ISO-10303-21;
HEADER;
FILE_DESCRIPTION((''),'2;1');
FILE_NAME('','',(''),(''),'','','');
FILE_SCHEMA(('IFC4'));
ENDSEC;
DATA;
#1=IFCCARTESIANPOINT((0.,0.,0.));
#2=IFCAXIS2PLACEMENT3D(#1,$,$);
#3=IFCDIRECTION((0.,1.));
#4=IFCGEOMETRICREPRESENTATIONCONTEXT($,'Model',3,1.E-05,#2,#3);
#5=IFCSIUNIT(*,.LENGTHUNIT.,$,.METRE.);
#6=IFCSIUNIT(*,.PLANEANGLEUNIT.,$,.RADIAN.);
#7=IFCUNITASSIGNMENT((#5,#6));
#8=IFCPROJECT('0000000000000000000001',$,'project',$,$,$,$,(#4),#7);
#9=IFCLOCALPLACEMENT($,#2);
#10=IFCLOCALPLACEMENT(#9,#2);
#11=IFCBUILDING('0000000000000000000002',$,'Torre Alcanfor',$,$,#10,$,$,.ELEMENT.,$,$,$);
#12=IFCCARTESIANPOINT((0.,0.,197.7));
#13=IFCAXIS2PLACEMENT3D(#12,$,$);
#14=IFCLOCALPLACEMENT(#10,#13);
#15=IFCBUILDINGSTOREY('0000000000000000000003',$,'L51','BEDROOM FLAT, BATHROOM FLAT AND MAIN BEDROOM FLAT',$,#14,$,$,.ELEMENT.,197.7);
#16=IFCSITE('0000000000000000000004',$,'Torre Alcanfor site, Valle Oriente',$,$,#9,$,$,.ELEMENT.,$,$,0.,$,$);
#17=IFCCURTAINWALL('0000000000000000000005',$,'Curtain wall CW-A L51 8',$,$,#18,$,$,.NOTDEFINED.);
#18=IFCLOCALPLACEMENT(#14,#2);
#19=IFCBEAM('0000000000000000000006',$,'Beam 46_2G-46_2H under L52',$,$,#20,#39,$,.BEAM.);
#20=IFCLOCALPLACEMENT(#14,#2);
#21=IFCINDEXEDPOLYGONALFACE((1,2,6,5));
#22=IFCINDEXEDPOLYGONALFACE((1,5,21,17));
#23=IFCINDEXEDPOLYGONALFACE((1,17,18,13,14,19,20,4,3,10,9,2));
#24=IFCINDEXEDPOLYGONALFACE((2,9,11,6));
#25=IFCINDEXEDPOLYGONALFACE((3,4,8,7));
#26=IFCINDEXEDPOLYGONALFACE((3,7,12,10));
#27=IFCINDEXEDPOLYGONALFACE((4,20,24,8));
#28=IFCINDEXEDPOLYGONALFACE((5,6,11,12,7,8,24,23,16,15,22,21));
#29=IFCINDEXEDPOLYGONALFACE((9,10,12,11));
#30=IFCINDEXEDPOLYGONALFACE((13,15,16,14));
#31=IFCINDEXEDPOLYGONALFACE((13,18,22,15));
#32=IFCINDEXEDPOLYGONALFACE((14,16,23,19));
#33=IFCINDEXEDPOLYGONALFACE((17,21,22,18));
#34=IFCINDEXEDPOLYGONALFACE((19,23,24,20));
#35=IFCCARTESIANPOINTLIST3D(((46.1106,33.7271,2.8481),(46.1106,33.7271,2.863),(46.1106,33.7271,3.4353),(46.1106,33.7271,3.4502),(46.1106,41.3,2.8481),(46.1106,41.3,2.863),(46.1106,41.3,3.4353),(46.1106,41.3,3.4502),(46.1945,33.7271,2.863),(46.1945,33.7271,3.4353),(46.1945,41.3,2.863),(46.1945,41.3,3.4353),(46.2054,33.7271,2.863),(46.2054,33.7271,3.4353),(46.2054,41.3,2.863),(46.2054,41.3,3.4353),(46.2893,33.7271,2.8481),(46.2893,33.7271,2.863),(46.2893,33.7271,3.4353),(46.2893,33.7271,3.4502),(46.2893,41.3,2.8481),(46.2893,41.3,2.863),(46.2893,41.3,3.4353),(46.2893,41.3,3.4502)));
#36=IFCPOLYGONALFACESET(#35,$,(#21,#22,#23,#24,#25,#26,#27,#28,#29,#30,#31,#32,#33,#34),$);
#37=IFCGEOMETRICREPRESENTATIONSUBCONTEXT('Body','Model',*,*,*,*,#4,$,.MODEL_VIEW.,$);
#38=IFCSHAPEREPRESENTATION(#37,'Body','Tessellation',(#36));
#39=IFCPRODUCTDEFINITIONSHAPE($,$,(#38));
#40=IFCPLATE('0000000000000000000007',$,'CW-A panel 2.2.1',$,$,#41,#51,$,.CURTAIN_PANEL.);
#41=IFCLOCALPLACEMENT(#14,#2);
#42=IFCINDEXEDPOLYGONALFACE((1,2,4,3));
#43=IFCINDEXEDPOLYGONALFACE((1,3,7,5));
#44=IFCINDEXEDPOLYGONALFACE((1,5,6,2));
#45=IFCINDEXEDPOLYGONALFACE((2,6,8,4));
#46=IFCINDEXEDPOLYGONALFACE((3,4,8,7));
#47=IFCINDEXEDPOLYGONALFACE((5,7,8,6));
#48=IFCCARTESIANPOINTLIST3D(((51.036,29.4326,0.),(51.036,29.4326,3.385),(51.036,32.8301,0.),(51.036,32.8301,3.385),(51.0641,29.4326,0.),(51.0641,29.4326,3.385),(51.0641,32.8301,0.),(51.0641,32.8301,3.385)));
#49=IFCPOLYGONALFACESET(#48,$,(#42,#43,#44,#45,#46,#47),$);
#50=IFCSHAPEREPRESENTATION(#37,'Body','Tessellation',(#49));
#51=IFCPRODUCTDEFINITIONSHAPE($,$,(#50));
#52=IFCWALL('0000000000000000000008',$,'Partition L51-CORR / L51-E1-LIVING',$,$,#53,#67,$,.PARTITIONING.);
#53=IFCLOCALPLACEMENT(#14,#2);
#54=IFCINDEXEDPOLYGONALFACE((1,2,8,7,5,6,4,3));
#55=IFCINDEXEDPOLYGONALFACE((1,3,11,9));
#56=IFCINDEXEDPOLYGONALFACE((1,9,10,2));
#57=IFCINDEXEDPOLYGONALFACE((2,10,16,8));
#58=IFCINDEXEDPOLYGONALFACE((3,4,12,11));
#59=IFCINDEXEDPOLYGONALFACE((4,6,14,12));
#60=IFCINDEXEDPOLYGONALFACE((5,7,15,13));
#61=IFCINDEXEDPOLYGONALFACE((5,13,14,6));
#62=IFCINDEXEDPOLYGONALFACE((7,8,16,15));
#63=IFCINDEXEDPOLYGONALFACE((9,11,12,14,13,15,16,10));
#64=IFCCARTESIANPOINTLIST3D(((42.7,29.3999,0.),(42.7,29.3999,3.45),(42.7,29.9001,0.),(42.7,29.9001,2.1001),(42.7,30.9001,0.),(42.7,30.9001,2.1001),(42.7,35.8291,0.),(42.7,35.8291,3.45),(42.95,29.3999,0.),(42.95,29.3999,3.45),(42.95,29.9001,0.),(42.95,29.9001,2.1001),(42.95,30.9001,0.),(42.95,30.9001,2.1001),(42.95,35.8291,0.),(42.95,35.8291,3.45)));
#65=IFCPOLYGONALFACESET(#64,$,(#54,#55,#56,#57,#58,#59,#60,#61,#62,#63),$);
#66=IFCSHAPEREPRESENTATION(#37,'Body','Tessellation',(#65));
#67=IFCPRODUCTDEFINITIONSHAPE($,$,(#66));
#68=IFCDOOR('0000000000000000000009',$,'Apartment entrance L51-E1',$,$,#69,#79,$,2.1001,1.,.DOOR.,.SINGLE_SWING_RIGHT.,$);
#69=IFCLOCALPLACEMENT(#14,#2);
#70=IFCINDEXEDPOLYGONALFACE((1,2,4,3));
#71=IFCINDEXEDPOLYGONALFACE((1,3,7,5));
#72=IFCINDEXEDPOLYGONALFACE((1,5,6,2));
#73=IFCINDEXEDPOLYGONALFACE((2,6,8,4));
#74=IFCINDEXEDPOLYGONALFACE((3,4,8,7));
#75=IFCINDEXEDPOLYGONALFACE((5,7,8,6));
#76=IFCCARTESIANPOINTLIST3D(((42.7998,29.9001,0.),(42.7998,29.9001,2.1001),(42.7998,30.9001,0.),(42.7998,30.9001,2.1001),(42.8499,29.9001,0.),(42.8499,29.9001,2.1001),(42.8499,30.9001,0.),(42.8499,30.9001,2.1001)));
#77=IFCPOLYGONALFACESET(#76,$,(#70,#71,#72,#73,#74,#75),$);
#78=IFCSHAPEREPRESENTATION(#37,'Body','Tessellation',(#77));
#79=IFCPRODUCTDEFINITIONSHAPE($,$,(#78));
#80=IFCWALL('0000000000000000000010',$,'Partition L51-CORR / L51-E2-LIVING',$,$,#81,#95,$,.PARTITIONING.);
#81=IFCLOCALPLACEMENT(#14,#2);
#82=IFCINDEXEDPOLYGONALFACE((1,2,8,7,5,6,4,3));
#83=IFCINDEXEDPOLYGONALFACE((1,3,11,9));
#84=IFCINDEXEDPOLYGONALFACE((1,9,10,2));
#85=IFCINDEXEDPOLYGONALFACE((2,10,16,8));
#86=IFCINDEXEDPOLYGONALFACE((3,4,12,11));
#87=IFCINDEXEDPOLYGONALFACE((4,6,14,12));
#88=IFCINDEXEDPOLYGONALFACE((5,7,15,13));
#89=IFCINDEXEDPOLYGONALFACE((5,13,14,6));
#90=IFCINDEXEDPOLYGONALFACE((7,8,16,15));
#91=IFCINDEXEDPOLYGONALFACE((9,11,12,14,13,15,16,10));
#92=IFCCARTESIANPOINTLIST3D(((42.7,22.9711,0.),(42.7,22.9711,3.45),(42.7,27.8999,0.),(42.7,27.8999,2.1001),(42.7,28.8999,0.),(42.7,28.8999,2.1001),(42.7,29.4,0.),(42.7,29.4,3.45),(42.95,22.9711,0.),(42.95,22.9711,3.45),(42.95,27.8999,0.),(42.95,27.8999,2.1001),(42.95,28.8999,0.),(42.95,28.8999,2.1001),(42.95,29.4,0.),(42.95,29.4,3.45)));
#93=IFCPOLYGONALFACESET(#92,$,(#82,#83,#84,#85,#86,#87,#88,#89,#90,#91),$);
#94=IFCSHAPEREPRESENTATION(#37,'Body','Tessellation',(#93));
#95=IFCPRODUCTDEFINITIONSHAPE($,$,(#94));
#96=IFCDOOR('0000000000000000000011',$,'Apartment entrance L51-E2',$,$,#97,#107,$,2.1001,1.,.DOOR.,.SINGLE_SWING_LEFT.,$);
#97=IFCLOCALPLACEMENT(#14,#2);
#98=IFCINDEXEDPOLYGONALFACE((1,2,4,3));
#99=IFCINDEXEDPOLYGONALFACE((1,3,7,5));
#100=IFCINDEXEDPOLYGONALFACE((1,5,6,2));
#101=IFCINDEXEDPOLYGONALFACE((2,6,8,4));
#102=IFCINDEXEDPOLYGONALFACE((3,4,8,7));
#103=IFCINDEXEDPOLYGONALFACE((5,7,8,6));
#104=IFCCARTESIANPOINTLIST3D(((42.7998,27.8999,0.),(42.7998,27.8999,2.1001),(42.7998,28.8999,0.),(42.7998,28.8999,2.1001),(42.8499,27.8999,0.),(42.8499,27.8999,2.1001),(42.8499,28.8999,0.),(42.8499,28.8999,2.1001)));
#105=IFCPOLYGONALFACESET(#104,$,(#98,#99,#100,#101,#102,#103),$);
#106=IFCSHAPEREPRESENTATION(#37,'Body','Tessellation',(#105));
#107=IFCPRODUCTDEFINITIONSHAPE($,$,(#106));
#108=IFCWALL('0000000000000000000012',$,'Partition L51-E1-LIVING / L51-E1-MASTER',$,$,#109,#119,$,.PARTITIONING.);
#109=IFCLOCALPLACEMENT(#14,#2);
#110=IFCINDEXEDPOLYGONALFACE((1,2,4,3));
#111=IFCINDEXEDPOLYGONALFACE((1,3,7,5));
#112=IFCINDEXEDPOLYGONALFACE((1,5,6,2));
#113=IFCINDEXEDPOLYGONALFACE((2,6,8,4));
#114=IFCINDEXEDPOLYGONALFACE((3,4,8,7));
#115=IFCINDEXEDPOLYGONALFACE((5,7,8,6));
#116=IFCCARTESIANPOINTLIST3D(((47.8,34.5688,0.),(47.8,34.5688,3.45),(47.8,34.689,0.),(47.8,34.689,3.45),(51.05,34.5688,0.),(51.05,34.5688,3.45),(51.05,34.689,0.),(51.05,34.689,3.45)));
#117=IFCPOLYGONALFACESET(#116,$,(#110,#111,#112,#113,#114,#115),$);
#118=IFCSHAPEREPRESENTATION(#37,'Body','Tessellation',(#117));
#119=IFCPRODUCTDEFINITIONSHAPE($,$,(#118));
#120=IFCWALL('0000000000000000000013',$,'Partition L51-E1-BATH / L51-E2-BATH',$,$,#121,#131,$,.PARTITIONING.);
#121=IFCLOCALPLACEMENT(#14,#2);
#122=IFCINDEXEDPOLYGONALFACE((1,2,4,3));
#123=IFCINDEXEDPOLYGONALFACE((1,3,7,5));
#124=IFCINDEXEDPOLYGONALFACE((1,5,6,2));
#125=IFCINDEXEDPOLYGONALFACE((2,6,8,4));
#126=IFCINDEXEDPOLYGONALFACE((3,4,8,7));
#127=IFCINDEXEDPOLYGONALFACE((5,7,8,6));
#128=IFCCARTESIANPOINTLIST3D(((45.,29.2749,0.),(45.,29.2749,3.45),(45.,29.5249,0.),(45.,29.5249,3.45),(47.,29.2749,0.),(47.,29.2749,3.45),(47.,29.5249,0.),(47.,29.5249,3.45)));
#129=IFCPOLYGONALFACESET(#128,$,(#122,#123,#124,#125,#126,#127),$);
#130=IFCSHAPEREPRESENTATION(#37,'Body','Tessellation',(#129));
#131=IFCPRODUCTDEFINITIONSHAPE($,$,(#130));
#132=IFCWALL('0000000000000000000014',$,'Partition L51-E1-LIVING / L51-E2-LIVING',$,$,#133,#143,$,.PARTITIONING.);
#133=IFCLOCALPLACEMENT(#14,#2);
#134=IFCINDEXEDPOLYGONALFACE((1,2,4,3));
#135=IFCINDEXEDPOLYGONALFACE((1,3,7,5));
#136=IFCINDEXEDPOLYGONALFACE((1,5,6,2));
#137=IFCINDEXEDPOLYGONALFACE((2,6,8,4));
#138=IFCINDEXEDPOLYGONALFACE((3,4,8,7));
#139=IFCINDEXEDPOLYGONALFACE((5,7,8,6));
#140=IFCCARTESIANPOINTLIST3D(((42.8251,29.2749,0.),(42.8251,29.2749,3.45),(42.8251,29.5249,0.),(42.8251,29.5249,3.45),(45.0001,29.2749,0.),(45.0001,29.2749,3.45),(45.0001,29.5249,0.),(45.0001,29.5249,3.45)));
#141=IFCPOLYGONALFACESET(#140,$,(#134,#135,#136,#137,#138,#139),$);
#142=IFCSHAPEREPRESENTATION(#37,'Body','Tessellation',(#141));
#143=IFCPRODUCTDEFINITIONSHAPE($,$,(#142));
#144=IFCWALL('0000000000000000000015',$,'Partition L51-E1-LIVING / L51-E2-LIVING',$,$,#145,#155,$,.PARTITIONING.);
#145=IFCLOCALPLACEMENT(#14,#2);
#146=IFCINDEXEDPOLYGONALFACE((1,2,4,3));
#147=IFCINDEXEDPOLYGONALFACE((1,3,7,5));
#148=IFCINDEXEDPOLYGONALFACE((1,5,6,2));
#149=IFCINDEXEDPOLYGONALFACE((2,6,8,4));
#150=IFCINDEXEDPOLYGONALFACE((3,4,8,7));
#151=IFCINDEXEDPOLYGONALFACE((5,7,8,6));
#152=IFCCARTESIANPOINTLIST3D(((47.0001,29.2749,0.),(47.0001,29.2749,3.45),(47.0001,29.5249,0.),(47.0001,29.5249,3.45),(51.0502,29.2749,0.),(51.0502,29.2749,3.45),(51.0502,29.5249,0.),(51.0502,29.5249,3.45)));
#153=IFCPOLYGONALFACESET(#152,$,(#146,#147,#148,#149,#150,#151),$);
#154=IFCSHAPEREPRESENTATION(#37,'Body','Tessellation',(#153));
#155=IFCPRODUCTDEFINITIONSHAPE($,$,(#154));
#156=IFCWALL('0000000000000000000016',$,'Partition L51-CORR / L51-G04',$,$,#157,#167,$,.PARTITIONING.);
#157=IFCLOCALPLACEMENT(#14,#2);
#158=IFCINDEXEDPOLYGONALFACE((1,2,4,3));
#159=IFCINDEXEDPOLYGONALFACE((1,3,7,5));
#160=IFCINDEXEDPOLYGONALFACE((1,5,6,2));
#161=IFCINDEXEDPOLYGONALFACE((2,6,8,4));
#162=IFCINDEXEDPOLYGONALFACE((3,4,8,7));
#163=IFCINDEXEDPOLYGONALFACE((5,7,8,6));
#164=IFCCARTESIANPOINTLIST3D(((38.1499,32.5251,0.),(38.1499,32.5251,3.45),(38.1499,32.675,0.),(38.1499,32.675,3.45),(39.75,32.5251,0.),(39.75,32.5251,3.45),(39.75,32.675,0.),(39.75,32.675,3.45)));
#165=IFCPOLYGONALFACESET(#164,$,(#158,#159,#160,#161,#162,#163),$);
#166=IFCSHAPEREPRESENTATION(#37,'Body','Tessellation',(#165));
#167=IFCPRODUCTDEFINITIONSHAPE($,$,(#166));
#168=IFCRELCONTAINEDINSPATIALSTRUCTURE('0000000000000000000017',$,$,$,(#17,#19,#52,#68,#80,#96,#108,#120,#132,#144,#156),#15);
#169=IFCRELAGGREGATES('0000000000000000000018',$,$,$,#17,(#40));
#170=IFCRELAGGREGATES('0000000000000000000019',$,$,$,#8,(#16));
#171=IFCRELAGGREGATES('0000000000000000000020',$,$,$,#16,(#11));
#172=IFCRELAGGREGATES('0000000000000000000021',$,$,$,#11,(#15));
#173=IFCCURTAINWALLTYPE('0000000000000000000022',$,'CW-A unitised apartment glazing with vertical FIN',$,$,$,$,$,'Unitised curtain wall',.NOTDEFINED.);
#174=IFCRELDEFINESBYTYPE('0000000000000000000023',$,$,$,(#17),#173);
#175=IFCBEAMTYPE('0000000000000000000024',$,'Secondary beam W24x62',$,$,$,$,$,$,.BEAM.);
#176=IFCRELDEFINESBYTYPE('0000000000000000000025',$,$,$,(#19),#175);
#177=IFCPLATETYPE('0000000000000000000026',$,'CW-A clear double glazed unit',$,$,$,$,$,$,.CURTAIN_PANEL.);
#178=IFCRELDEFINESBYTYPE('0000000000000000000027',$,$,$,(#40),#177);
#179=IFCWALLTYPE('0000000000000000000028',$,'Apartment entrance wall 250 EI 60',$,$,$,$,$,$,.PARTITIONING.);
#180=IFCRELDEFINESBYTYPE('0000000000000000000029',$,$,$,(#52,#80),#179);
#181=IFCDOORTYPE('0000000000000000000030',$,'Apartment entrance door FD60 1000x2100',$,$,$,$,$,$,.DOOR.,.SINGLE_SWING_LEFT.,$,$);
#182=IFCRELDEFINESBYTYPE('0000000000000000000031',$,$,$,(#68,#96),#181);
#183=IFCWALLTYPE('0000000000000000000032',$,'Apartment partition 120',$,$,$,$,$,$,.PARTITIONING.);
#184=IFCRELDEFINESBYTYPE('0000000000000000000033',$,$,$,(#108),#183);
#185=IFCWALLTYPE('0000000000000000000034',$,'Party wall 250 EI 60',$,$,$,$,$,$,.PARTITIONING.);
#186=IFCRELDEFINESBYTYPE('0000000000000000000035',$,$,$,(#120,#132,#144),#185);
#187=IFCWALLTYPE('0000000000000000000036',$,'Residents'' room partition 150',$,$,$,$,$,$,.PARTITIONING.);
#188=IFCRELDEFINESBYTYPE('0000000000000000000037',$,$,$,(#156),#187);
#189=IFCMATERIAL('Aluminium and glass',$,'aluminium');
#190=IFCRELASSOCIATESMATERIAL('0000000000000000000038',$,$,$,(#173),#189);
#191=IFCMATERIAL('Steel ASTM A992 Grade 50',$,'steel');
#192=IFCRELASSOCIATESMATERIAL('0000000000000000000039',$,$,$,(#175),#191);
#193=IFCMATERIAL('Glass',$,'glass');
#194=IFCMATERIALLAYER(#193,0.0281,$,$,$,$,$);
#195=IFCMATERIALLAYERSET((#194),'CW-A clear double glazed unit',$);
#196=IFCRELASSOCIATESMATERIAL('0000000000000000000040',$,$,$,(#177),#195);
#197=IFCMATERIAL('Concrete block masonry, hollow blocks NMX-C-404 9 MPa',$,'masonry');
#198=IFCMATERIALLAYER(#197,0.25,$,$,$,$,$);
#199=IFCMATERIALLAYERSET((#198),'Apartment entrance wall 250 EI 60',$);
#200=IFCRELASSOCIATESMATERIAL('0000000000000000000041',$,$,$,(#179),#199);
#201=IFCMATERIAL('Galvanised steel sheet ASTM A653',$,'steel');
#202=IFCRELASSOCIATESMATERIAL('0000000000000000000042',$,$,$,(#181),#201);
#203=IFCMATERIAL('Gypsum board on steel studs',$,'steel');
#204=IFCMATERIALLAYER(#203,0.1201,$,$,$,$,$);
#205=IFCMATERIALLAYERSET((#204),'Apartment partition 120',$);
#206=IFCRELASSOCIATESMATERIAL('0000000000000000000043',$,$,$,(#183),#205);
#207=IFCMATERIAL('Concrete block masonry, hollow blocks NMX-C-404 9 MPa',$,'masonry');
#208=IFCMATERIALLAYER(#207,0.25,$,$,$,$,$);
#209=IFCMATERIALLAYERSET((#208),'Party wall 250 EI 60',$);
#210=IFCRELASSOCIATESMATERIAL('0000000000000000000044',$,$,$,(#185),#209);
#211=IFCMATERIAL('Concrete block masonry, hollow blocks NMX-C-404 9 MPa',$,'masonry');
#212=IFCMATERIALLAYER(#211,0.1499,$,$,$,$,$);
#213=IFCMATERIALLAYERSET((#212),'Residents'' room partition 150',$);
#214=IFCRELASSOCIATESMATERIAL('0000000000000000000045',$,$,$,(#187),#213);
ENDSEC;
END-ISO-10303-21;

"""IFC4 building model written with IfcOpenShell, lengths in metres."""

from ifc_helpers import new_model, si_unit, direction, frame, frame_2d, origin, origin_2d, place, context, subcontext, project, spatial, rectangle, i_section, extrude, material, layer, layer_set, material_profile, profile_set, type_object, element, fill, aggregate, save


model = new_model("IFC4")

# Units and contexts
model_context = context("Model", 3, precision=1e-05, world=origin(), true_north=direction((0.0, 1.0)))
body_context = subcontext(model_context, "Body", "Model", "MODEL_VIEW")
ifc_project = project(units=[si_unit("LENGTHUNIT", "METRE"), si_unit("PLANEANGLEUNIT", "RADIAN")], contexts=[model_context])

# Site, building, storey
site_placement = place(None, origin())
site = spatial("IfcSite", under=ifc_project, at=site_placement, Name="Torre Alcanfor site, Valle Oriente", CompositionType="ELEMENT", RefElevation=0.0)
building_placement = place(site_placement, origin())
building = spatial("IfcBuilding", under=site, at=building_placement, Name="Torre Alcanfor", CompositionType="ELEMENT")
storey_placement = place(building_placement, frame((0.0, 0.0, 197.7)))
storey = spatial("IfcBuildingStorey", under=building, at=storey_placement, Name="L51", Description="BEDROOM FLAT, BATHROOM FLAT AND MAIN BEDROOM FLAT", CompositionType="ELEMENT", Elevation=197.7)

# Curtain wall
ifc_material_1 = material(Name="Aluminium and glass", Category="aluminium")
curtain_wall_type = type_object("IfcCurtainWallType", Name="CW-A unitised apartment glazing with vertical FIN", ElementType="Unitised curtain wall", PredefinedType="NOTDEFINED", material=ifc_material_1)
curtain_wall_placement = place(storey_placement, origin())
curtain_wall = element("IfcCurtainWall", 1, at=curtain_wall_placement, inside=storey, type_object=curtain_wall_type, Name="Curtain wall CW-A L51 8", PredefinedType="NOTDEFINED")

# Beam
ifc_material_2 = material(Name="Steel ASTM A992 Grade 50", Category="steel")
ifc_material_profile_1 = material_profile(ifc_material_2, i_section(OverallWidth=0.1787, OverallDepth=0.6021, WebThickness=0.011, FlangeThickness=0.0149, at=origin_2d()), Name="W24x62")
ifc_profile_set_1 = profile_set([ifc_material_profile_1], Name="Steel ASTM A992 Grade 50")
beam_type_1 = type_object("IfcBeamType", Name="Secondary beam W24x62", PredefinedType="BEAM", material=ifc_profile_set_1)
beam_1_placement = place(storey_placement, frame((46.2, 33.7271, 3.1492), z_axis=(0.0, 1.0, 0.0), x_axis=(-1.0, 0.0, 0.0)))
element("IfcBeam", 2, at=beam_1_placement, inside=storey, type_object=beam_type_1, Name="Beam 46_2G-46_2H under L52", PredefinedType="BEAM", context=body_context, shape_type="SweptSolid", body=[
    extrude(i_section(OverallWidth=0.1787, OverallDepth=0.6021, WebThickness=0.011, FlangeThickness=0.0149, at=origin_2d()), origin(), (0.0, 0.0, 1.0), 7.573),
])

# Plate
ifc_material_3 = material(Name="Glass", Category="glass")
ifc_layer_1 = layer(ifc_material_3, 0.0281)
ifc_layer_set_1 = layer_set([ifc_layer_1], Name="CW-A clear double glazed unit")
plate_type = type_object("IfcPlateType", Name="CW-A clear double glazed unit", PredefinedType="CURTAIN_PANEL", material=ifc_layer_set_1)
plate_placement = place(storey_placement, frame((51.05, 31.1313, 0.0), z_axis=(0.0, 0.0, 1.0), x_axis=(0.0, 1.0, 0.0)))
plate = element("IfcPlate", 3, at=plate_placement, type_object=plate_type, Name="CW-A panel 2.2.1", PredefinedType="CURTAIN_PANEL", context=body_context, shape_type="SweptSolid", body=[
    extrude(rectangle(XDim=3.3975, YDim=0.0281, at=origin_2d()), origin(), (0.0, 0.0, 1.0), 3.385),
])
aggregate(curtain_wall, [plate])

# Walls, openings, doors
ifc_material_4 = material(Name="Concrete block masonry, hollow blocks NMX-C-404 9 MPa", Category="masonry")
ifc_layer_2 = layer(ifc_material_4, 0.25)
ifc_layer_set_2 = layer_set([ifc_layer_2], Name="Apartment entrance wall 250 EI 60")
wall_type_1 = type_object("IfcWallType", Name="Apartment entrance wall 250 EI 60", PredefinedType="PARTITIONING", material=ifc_layer_set_2)
wall_1_placement = place(storey_placement, frame((42.825, 35.8291, 0.0), z_axis=(0.0, 0.0, 1.0), x_axis=(0.0, -1.0, 0.0)))
wall_1 = element("IfcWall", 4, at=wall_1_placement, inside=storey, type_object=wall_type_1, Name="Partition L51-CORR / L51-E1-LIVING", PredefinedType="PARTITIONING", context=body_context, shape_type="SweptSolid", body=[
    extrude(rectangle(XDim=6.4292, YDim=0.25, at=frame_2d((3.2146, 0.0))), origin(), (0.0, 0.0, 1.0), 3.45),
])
opening_1_placement = place(wall_1_placement, frame((4.929, 0.0, 0.0)))
opening_1 = element("IfcOpeningElement", 5, at=opening_1_placement, cuts=wall_1, PredefinedType="OPENING", context=body_context, shape_type="SweptSolid", body=[
    extrude(rectangle(XDim=1.0, YDim=2.1001, at=frame_2d((0.5, 1.05))), frame((0.0, 0.135, 0.0), z_axis=(0.0, -1.0, 0.0), x_axis=(1.0, 0.0, 0.0)), (0.0, 0.0, 1.0), 0.27),
])
ifc_material_5 = material(Name="Galvanised steel sheet ASTM A653", Category="steel")
door_type_1 = type_object("IfcDoorType", Name="Apartment entrance door FD60 1000x2100", OperationType="SINGLE_SWING_LEFT", PredefinedType="DOOR", material=ifc_material_5)
door_1_placement = place(opening_1_placement, origin())
door_1 = element("IfcDoor", 6, at=door_1_placement, inside=storey, type_object=door_type_1, Name="Apartment entrance L51-E1", OperationType="SINGLE_SWING_RIGHT", OverallHeight=2.1001, OverallWidth=1.0, PredefinedType="DOOR", context=body_context, shape_type="SweptSolid", body=[
    extrude(rectangle(XDim=1.0, YDim=2.1001, at=frame_2d((0.5, 1.05))), frame((0.0, 0.0249, 0.0), z_axis=(0.0, -1.0, 0.0), x_axis=(1.0, 0.0, 0.0)), (0.0, 0.0, 1.0), 0.05),
])
fill(opening_1, door_1)
wall_2_placement = place(storey_placement, frame((42.825, 29.3999, 0.0), z_axis=(0.0, 0.0, 1.0), x_axis=(0.0, -1.0, 0.0)))
wall_2 = element("IfcWall", 7, at=wall_2_placement, inside=storey, type_object=wall_type_1, Name="Partition L51-CORR / L51-E2-LIVING", PredefinedType="PARTITIONING", context=body_context, shape_type="SweptSolid", body=[
    extrude(rectangle(XDim=6.429, YDim=0.25, at=frame_2d((3.2144, 0.0))), origin(), (0.0, 0.0, 1.0), 3.45),
])
opening_2_placement = place(wall_2_placement, frame((0.5, 0.0, 0.0)))
opening_2 = element("IfcOpeningElement", 8, at=opening_2_placement, cuts=wall_2, PredefinedType="OPENING", context=body_context, shape_type="SweptSolid", body=[
    extrude(rectangle(XDim=1.0, YDim=2.1001, at=frame_2d((0.5, 1.05))), frame((0.0, 0.135, 0.0), z_axis=(0.0, -1.0, 0.0), x_axis=(1.0, 0.0, 0.0)), (0.0, 0.0, 1.0), 0.27),
])
door_2_placement = place(opening_2_placement, origin())
door_2 = element("IfcDoor", 9, at=door_2_placement, inside=storey, type_object=door_type_1, Name="Apartment entrance L51-E2", OperationType="SINGLE_SWING_LEFT", OverallHeight=2.1001, OverallWidth=1.0, PredefinedType="DOOR", context=body_context, shape_type="SweptSolid", body=[
    extrude(rectangle(XDim=1.0, YDim=2.1001, at=frame_2d((0.5, 1.05))), frame((0.0, 0.0249, 0.0), z_axis=(0.0, -1.0, 0.0), x_axis=(1.0, 0.0, 0.0)), (0.0, 0.0, 1.0), 0.05),
])
fill(opening_2, door_2)

# Walls
ifc_material_6 = material(Name="Gypsum board on steel studs", Category="steel")
ifc_layer_3 = layer(ifc_material_6, 0.1201)
ifc_layer_set_3 = layer_set([ifc_layer_3], Name="Apartment partition 120")
wall_type_2 = type_object("IfcWallType", Name="Apartment partition 120", PredefinedType="PARTITIONING", material=ifc_layer_set_3)
wall_3_placement = place(storey_placement, frame((47.8, 34.6289, 0.0), z_axis=(0.0, 0.0, 1.0), x_axis=(1.0, 0.0, 0.0)))
element("IfcWall", 10, at=wall_3_placement, inside=storey, type_object=wall_type_2, Name="Partition L51-E1-LIVING / L51-E1-MASTER", PredefinedType="PARTITIONING", context=body_context, shape_type="SweptSolid", body=[
    extrude(rectangle(XDim=3.25, YDim=0.1201, at=frame_2d((1.625, 0.0))), origin(), (0.0, 0.0, 1.0), 3.45),
])
ifc_material_7 = material(Name="Concrete block masonry, hollow blocks NMX-C-404 9 MPa", Category="masonry")
ifc_layer_4 = layer(ifc_material_7, 0.25)
ifc_layer_set_4 = layer_set([ifc_layer_4], Name="Party wall 250 EI 60")
wall_type_3 = type_object("IfcWallType", Name="Party wall 250 EI 60", PredefinedType="PARTITIONING", material=ifc_layer_set_4)
wall_4_placement = place(storey_placement, frame((45.0, 29.3999, 0.0), z_axis=(0.0, 0.0, 1.0), x_axis=(1.0, 0.0, 0.0)))
element("IfcWall", 11, at=wall_4_placement, inside=storey, type_object=wall_type_3, Name="Partition L51-E1-BATH / L51-E2-BATH", PredefinedType="PARTITIONING", context=body_context, shape_type="SweptSolid", body=[
    extrude(rectangle(XDim=2.0, YDim=0.25, at=frame_2d((1.0, 0.0))), origin(), (0.0, 0.0, 1.0), 3.45),
])
wall_5_placement = place(storey_placement, frame((45.0, 29.3999, 0.0), z_axis=(0.0, 0.0, 1.0), x_axis=(-1.0, 0.0, 0.0)))
element("IfcWall", 12, at=wall_5_placement, inside=storey, type_object=wall_type_3, Name="Partition L51-E1-LIVING / L51-E2-LIVING", PredefinedType="PARTITIONING", context=body_context, shape_type="SweptSolid", body=[
    extrude(rectangle(XDim=2.175, YDim=0.25, at=frame_2d((1.0874, 0.0))), origin(), (0.0, 0.0, 1.0), 3.45),
])
wall_6_placement = place(storey_placement, frame((51.05, 29.3999, 0.0), z_axis=(0.0, 0.0, 1.0), x_axis=(-1.0, 0.0, 0.0)))
element("IfcWall", 13, at=wall_6_placement, inside=storey, type_object=wall_type_3, Name="Partition L51-E1-LIVING / L51-E2-LIVING", PredefinedType="PARTITIONING", context=body_context, shape_type="SweptSolid", body=[
    extrude(rectangle(XDim=4.05, YDim=0.25, at=frame_2d((2.0249, 0.0))), origin(), (0.0, 0.0, 1.0), 3.45),
])
ifc_material_8 = material(Name="Concrete block masonry, hollow blocks NMX-C-404 9 MPa", Category="masonry")
ifc_layer_5 = layer(ifc_material_8, 0.1499)
ifc_layer_set_5 = layer_set([ifc_layer_5], Name="Residents' room partition 150")
wall_type_4 = type_object("IfcWallType", Name="Residents' room partition 150", PredefinedType="PARTITIONING", material=ifc_layer_set_5)
wall_7_placement = place(storey_placement, frame((39.75, 32.6001, 0.0), z_axis=(0.0, 0.0, 1.0), x_axis=(-1.0, 0.0, 0.0)))
element("IfcWall", 14, at=wall_7_placement, inside=storey, type_object=wall_type_4, Name="Partition L51-CORR / L51-G04", PredefinedType="PARTITIONING", context=body_context, shape_type="SweptSolid", body=[
    extrude(rectangle(XDim=1.6001, YDim=0.1499, at=frame_2d((0.8, 0.0))), origin(), (0.0, 0.0, 1.0), 3.45),
])

save(model, "model.ifc")
